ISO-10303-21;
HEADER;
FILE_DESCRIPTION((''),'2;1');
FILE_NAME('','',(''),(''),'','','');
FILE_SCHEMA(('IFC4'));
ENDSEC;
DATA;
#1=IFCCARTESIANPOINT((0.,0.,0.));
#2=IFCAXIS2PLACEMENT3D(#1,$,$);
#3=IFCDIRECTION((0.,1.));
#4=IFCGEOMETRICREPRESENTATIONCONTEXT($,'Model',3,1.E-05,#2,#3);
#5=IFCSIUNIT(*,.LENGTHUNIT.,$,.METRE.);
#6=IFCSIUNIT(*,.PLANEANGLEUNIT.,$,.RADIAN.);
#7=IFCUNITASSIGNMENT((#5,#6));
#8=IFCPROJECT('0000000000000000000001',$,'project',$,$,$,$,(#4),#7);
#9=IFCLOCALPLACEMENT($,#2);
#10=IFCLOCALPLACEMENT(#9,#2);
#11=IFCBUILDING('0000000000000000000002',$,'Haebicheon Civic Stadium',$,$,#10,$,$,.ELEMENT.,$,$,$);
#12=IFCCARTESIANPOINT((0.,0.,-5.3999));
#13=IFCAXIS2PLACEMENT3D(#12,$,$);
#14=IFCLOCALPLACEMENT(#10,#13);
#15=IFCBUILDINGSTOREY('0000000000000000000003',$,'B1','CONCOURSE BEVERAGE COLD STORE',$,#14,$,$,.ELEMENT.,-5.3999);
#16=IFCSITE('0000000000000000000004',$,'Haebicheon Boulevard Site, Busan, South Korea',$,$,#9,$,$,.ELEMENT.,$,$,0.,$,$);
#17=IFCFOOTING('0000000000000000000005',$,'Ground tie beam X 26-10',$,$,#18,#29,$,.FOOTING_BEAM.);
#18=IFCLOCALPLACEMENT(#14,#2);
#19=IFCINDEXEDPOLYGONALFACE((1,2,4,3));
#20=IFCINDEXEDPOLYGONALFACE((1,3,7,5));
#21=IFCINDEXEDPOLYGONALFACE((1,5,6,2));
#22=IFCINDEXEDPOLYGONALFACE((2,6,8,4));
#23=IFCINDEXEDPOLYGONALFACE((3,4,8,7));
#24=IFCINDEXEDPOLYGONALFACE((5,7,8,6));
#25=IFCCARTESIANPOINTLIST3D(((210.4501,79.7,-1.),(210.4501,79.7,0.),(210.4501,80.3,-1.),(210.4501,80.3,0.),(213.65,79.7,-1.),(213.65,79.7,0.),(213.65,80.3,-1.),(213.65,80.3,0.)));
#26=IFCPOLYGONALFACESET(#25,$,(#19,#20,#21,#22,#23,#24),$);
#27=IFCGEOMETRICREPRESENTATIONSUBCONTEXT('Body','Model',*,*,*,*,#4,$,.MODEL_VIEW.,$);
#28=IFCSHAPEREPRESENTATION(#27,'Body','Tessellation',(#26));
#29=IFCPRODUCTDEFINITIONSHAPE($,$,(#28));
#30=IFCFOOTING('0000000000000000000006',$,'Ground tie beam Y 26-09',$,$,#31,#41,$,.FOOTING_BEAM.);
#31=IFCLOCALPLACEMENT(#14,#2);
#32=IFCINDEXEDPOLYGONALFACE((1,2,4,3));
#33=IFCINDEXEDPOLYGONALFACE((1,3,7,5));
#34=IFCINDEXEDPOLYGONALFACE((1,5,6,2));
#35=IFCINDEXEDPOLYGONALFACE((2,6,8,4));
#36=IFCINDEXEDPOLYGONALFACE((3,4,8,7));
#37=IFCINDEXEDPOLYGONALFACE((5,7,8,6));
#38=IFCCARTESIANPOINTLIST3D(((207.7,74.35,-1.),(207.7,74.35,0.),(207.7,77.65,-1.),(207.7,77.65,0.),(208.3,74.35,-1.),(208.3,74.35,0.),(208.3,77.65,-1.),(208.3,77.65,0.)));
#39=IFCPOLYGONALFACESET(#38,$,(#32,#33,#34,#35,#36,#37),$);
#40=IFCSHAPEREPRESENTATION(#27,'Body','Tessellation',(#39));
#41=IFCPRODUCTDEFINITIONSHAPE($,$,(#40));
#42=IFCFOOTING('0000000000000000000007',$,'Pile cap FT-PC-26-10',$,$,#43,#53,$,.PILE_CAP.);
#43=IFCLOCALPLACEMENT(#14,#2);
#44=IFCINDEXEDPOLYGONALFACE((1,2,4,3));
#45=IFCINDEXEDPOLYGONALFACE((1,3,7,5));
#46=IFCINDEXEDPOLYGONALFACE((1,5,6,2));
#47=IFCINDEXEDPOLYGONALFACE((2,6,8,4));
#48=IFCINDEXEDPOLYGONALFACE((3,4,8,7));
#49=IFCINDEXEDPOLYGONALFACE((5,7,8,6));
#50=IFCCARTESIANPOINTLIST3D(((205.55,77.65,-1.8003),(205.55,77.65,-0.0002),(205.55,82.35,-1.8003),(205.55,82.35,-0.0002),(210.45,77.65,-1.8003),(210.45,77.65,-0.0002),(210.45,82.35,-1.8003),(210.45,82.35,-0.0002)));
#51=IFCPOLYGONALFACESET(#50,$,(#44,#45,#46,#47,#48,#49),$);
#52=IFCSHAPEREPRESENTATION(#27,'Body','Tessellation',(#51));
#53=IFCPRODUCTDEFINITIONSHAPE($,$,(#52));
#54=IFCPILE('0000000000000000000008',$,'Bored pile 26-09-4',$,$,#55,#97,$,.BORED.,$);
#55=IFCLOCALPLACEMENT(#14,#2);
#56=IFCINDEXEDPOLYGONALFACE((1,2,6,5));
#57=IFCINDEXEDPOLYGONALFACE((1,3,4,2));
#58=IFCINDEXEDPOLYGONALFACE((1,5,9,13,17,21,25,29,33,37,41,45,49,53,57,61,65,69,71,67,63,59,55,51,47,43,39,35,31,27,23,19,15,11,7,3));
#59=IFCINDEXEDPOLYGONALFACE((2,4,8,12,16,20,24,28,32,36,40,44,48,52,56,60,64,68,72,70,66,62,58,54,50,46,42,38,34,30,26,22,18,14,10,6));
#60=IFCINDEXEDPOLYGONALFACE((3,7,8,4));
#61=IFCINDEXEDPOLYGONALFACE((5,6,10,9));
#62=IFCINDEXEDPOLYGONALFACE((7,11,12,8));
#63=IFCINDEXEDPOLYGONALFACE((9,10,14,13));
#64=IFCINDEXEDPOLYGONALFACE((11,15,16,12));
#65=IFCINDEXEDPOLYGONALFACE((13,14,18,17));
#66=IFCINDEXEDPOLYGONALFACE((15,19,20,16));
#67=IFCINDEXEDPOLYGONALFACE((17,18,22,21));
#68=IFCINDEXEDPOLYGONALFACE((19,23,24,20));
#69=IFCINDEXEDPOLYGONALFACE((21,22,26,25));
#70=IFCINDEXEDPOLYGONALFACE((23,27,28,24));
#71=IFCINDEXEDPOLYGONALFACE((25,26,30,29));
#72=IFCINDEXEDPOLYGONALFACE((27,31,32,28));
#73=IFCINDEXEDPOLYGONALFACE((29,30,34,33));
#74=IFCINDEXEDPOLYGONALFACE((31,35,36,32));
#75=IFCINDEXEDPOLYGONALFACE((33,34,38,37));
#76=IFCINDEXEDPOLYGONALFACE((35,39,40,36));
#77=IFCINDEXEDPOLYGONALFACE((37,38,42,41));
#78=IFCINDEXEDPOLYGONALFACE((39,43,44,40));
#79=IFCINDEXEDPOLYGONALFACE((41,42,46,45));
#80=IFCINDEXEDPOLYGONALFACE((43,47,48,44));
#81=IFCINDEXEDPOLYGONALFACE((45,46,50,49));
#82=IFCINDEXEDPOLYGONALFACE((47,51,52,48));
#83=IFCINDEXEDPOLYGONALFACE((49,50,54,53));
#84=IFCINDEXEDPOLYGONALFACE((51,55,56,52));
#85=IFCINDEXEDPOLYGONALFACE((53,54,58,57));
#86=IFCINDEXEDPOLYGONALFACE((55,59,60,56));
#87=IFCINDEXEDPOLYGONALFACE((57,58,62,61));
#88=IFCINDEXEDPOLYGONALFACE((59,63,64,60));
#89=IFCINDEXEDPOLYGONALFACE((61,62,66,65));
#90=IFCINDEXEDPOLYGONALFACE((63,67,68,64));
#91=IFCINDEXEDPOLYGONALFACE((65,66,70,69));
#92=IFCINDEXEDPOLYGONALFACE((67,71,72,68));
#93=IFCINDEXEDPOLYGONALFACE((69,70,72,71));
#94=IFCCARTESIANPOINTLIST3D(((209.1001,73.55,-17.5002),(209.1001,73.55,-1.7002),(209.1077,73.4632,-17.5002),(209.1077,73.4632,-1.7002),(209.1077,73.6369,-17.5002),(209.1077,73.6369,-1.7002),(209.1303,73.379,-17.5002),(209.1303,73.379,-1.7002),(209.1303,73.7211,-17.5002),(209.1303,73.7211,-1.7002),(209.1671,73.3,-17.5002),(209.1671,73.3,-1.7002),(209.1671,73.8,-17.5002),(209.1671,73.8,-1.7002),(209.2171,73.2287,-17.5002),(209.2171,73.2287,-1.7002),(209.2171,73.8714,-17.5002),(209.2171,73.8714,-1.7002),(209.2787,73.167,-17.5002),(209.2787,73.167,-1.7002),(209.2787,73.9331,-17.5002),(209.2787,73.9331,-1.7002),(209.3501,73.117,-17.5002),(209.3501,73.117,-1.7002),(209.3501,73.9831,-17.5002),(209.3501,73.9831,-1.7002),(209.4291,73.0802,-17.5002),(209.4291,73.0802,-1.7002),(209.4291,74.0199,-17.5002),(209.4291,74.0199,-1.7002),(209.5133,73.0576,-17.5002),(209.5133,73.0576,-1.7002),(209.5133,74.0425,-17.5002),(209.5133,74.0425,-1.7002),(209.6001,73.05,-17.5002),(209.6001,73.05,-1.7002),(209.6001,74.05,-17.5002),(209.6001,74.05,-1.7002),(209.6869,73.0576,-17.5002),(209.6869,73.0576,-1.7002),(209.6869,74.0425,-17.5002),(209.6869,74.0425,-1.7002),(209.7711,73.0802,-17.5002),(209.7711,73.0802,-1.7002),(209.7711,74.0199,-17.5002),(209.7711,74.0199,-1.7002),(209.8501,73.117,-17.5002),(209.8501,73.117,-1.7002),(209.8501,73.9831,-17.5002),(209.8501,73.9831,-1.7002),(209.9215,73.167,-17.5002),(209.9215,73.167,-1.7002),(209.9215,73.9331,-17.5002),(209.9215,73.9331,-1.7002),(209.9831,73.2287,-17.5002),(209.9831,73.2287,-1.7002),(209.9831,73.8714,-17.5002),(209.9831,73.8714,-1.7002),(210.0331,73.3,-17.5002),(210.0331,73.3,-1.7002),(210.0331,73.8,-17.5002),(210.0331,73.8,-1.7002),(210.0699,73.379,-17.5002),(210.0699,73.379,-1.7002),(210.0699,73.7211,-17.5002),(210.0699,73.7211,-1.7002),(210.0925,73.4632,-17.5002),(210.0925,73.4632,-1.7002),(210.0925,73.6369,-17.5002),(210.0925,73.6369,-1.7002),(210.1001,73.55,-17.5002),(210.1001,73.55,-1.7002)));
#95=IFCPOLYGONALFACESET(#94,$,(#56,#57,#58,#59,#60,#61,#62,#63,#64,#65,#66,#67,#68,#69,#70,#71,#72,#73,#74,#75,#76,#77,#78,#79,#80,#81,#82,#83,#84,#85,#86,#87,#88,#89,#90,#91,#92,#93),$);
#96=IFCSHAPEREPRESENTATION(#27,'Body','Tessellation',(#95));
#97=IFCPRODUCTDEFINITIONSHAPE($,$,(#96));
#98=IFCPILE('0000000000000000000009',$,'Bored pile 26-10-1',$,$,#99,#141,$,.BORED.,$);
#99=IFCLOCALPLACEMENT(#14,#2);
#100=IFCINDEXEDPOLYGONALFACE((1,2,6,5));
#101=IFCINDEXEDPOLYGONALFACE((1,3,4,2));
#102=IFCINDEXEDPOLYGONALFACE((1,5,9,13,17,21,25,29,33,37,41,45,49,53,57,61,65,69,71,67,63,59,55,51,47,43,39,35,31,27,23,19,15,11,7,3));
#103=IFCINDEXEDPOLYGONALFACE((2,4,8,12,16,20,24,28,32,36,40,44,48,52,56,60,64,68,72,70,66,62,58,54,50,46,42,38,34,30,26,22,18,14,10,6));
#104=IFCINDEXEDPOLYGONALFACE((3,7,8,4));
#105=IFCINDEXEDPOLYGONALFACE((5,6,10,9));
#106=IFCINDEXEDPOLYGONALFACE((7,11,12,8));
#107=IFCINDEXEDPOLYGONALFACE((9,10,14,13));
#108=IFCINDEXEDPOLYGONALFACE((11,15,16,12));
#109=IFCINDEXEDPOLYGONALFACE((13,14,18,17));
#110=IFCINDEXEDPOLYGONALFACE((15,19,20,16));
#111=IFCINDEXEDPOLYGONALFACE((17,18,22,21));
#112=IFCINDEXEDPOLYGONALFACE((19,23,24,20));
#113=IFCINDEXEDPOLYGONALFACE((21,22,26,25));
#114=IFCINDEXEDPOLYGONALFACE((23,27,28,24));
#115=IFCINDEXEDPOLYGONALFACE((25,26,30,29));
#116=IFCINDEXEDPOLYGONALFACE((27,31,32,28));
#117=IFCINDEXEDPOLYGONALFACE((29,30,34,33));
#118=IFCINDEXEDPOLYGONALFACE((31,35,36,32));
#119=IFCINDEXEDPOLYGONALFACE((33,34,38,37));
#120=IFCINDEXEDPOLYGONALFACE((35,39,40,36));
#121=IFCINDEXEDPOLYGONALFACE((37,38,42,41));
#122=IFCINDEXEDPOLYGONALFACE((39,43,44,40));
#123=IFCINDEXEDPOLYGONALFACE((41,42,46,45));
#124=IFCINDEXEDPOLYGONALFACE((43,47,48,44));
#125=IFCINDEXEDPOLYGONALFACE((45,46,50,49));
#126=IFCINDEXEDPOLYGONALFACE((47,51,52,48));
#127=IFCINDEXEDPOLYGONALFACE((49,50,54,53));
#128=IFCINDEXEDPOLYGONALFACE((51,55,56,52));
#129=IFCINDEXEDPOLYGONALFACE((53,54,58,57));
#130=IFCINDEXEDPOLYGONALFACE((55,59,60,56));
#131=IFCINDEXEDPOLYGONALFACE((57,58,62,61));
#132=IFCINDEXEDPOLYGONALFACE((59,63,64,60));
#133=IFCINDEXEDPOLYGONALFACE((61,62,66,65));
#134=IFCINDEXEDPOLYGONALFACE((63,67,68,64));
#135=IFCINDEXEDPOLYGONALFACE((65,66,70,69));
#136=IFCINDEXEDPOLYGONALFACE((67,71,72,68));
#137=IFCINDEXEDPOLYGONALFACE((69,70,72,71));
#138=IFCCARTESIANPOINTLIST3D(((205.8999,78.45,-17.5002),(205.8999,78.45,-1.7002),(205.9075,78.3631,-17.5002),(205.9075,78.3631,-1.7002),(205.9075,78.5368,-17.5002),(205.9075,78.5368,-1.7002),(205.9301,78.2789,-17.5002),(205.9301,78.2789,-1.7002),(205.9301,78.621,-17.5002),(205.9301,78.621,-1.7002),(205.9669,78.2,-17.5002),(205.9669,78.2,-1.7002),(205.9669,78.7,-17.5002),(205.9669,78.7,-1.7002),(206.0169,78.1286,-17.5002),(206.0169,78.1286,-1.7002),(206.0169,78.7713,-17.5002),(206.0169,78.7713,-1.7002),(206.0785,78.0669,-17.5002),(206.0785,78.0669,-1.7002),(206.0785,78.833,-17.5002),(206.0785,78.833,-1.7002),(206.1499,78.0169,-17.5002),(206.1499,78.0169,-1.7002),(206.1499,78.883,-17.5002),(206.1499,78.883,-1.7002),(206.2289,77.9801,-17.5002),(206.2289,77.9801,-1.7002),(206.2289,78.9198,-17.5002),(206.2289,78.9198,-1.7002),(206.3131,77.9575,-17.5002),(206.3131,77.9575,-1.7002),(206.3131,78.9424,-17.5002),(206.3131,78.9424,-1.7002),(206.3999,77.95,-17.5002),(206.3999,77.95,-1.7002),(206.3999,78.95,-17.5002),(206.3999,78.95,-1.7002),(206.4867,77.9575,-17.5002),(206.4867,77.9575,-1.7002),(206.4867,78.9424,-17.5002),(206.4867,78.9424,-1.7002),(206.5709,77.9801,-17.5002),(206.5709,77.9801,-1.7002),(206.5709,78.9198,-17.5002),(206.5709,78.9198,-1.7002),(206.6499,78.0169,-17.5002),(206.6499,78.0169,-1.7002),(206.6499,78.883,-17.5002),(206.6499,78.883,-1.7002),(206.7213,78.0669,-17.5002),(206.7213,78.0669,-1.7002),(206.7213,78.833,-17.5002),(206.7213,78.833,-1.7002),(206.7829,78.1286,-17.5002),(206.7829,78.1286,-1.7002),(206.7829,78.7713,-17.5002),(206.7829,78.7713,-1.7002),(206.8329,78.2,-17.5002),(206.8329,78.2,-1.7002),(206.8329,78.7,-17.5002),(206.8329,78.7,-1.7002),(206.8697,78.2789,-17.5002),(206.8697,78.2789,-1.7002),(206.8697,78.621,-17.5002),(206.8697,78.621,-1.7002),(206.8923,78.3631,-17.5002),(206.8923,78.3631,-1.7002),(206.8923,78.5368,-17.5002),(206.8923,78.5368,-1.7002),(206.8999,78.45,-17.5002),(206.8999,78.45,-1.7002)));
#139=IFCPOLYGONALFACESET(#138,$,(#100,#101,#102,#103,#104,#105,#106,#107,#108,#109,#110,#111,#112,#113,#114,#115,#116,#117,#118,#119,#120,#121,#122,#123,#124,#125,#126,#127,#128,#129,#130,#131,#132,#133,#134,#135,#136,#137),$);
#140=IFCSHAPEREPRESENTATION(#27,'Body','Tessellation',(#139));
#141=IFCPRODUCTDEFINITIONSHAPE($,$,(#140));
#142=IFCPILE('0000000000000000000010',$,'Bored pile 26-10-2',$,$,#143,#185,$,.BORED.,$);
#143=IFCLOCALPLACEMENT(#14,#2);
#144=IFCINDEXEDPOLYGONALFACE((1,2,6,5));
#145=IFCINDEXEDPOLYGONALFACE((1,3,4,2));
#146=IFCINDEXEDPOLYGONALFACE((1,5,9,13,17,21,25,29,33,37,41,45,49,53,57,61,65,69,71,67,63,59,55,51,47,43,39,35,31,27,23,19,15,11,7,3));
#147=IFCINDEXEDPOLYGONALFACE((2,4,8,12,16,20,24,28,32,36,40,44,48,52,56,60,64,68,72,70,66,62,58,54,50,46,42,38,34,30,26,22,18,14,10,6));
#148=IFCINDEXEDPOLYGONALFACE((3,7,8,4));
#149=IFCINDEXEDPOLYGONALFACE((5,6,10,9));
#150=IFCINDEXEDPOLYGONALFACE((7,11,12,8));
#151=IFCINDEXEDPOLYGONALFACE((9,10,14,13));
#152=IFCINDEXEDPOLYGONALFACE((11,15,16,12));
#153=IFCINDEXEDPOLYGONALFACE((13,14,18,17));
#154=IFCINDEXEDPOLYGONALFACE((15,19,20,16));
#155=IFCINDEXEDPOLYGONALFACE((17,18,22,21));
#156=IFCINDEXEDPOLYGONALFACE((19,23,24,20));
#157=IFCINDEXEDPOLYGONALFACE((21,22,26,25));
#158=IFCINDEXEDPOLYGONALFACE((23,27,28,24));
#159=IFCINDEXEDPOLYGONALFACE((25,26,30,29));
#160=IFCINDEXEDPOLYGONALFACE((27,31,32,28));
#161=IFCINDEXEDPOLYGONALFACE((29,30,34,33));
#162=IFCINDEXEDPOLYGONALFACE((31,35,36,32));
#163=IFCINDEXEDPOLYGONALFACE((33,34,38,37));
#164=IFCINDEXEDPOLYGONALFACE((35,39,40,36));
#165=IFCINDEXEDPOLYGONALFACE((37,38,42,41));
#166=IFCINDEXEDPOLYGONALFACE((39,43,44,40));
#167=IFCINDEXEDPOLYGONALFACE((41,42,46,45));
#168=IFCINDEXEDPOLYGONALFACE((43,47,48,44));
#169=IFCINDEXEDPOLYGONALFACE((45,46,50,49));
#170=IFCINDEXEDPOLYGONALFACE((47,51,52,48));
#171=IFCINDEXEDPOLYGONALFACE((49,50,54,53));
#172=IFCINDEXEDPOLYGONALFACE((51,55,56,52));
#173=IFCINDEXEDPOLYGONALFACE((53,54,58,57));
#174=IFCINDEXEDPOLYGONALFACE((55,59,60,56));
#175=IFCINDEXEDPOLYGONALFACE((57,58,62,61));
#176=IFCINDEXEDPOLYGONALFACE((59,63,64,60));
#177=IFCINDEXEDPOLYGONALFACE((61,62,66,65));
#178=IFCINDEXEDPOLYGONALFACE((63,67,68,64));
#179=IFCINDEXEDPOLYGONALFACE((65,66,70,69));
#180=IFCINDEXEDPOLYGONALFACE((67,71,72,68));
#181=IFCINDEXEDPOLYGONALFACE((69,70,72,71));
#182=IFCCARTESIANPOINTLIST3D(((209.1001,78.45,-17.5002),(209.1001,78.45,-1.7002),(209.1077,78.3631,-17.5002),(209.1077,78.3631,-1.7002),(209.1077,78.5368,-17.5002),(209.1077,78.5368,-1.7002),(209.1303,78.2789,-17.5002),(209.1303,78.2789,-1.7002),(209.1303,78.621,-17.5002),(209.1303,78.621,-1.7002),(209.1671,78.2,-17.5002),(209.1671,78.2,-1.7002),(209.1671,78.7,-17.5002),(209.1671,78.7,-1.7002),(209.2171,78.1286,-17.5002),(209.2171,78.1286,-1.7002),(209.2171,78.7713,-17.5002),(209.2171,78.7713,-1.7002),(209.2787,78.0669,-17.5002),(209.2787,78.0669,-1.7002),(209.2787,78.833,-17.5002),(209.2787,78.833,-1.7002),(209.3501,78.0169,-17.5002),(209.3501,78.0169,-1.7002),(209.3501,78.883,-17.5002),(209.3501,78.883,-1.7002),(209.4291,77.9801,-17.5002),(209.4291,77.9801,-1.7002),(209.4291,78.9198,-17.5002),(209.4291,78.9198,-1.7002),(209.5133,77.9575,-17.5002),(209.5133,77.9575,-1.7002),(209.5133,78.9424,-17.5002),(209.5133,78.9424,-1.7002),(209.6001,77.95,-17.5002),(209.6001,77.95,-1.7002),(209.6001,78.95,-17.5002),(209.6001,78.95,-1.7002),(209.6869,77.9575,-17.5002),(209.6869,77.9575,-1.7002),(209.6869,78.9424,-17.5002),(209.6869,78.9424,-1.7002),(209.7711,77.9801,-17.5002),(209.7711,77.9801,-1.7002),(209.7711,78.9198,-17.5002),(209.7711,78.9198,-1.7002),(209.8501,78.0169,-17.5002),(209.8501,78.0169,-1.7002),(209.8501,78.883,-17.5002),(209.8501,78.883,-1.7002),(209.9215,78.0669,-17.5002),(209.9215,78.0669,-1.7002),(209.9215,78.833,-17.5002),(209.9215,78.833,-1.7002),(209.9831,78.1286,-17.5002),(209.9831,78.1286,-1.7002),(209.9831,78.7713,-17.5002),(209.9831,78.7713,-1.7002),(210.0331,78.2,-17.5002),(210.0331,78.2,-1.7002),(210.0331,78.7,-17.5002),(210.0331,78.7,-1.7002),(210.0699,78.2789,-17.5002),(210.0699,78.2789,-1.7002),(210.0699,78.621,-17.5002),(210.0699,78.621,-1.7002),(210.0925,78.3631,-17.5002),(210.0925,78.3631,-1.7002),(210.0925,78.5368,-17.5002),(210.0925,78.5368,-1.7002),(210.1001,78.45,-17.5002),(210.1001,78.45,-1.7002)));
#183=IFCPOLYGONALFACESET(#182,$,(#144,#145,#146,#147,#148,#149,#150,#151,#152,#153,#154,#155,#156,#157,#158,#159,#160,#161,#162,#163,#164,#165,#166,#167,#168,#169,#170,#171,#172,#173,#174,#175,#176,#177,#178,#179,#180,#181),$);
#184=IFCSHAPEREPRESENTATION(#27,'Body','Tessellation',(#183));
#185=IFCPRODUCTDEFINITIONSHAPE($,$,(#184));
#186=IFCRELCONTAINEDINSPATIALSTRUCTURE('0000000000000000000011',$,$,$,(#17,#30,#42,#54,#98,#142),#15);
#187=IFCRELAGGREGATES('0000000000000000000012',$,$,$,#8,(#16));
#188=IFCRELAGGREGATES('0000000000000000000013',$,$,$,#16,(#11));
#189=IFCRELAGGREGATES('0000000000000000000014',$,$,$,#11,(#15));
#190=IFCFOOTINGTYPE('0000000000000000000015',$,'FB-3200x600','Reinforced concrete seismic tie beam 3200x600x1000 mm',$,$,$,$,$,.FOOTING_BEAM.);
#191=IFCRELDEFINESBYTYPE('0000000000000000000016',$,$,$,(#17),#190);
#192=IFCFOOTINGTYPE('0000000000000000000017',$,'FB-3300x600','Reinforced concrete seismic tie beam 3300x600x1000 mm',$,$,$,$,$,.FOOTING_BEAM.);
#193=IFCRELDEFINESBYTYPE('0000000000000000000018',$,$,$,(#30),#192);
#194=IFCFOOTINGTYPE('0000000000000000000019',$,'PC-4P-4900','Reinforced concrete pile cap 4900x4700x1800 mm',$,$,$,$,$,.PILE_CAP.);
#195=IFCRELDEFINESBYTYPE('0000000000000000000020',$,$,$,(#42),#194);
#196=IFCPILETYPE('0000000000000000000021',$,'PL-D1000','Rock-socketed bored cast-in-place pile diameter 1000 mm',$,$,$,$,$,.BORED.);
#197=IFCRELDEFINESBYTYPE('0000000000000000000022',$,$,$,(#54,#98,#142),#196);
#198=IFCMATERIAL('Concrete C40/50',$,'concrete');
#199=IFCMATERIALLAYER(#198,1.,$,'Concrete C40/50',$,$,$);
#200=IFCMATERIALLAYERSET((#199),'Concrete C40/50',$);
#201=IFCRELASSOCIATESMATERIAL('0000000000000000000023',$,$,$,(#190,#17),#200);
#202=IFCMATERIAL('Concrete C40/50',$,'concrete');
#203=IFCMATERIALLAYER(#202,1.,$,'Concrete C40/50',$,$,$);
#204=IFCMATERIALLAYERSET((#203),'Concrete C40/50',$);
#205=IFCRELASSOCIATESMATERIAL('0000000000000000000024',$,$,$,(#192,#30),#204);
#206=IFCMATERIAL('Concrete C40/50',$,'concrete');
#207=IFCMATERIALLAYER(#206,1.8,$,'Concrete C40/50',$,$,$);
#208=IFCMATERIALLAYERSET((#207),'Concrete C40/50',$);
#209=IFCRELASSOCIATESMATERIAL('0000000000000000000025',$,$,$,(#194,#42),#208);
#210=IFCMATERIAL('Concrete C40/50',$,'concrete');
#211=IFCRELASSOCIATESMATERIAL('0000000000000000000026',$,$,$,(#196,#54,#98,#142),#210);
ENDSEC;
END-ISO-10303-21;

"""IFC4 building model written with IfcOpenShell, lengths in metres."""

from ifc_helpers import new_model, si_unit, direction, frame, origin, origin_2d, place, context, subcontext, project, spatial, rectangle, circle, extrude, material, layer, layer_set, material_profile, profile_set, type_object, element, save


model = new_model("IFC4")

# Units and contexts
model_context = context("Model", 3, precision=1e-05, world=origin(), true_north=direction((0.0, 1.0)))
body_context = subcontext(model_context, "Body", "Model", "MODEL_VIEW")
ifc_project = project(units=[si_unit("LENGTHUNIT", "METRE"), si_unit("PLANEANGLEUNIT", "RADIAN")], contexts=[model_context])

# Site, building, storey
site_placement = place(None, origin())
site = spatial("IfcSite", under=ifc_project, at=site_placement, Name="Haebicheon Boulevard Site, Busan, South Korea", CompositionType="ELEMENT", RefElevation=0.0)
building_placement = place(site_placement, origin())
building = spatial("IfcBuilding", under=site, at=building_placement, Name="Haebicheon Civic Stadium", CompositionType="ELEMENT")
storey_placement = place(building_placement, frame((0.0, 0.0, -5.3999)))
storey = spatial("IfcBuildingStorey", under=building, at=storey_placement, Name="B1", Description="CONCOURSE BEVERAGE COLD STORE", CompositionType="ELEMENT", Elevation=-5.3999)

# Footings
ifc_material_1 = material(Name="Concrete C40/50", Category="concrete")
ifc_layer_1 = layer(ifc_material_1, 1.0, Name="Concrete C40/50")
ifc_layer_set_1 = layer_set([ifc_layer_1], Name="Concrete C40/50")
footing_type_1 = type_object("IfcFootingType", Name="FB-3200x600", Description="Reinforced concrete seismic tie beam 3200x600x1000 mm", PredefinedType="FOOTING_BEAM", material=ifc_layer_set_1)
footing_1_placement = place(storey_placement, frame((212.05, 80.0, -1.0), z_axis=(0.0, 0.0, 1.0), x_axis=(1.0, 0.0, 0.0)))
element("IfcFooting", 1, at=footing_1_placement, inside=storey, type_object=footing_type_1, material=ifc_layer_set_1, Name="Ground tie beam X 26-10", PredefinedType="FOOTING_BEAM", context=body_context, shape_type="SweptSolid", body=[
    extrude(rectangle(XDim=3.2, YDim=0.6001, at=origin_2d()), origin(), (0.0, 0.0, 1.0), 1.0),
])
ifc_material_2 = material(Name="Concrete C40/50", Category="concrete")
ifc_layer_2 = layer(ifc_material_2, 1.0, Name="Concrete C40/50")
ifc_layer_set_2 = layer_set([ifc_layer_2], Name="Concrete C40/50")
footing_type_2 = type_object("IfcFootingType", Name="FB-3300x600", Description="Reinforced concrete seismic tie beam 3300x600x1000 mm", PredefinedType="FOOTING_BEAM", material=ifc_layer_set_2)
footing_2_placement = place(storey_placement, frame((208.0, 76.0, -1.0), z_axis=(0.0, 0.0, 1.0), x_axis=(0.0, 1.0, 0.0)))
element("IfcFooting", 2, at=footing_2_placement, inside=storey, type_object=footing_type_2, material=ifc_layer_set_2, Name="Ground tie beam Y 26-09", PredefinedType="FOOTING_BEAM", context=body_context, shape_type="SweptSolid", body=[
    extrude(rectangle(XDim=3.3, YDim=0.6001, at=origin_2d()), origin(), (0.0, 0.0, 1.0), 1.0),
])
ifc_material_3 = material(Name="Concrete C40/50", Category="concrete")
ifc_layer_3 = layer(ifc_material_3, 1.8, Name="Concrete C40/50")
ifc_layer_set_3 = layer_set([ifc_layer_3], Name="Concrete C40/50")
footing_type_3 = type_object("IfcFootingType", Name="PC-4P-4900", Description="Reinforced concrete pile cap 4900x4700x1800 mm", PredefinedType="PILE_CAP", material=ifc_layer_set_3)
footing_3_placement = place(storey_placement, frame((208.0, 80.0, -1.8003), z_axis=(0.0, 0.0, 1.0), x_axis=(1.0, 0.0, 0.0)))
element("IfcFooting", 3, at=footing_3_placement, inside=storey, type_object=footing_type_3, material=ifc_layer_set_3, Name="Pile cap FT-PC-26-10", PredefinedType="PILE_CAP", context=body_context, shape_type="SweptSolid", body=[
    extrude(rectangle(XDim=4.8999, YDim=4.7, at=origin_2d()), origin(), (0.0, 0.0, 1.0), 1.8),
])

# Piles
ifc_material_4 = material(Name="Concrete C40/50", Category="concrete")
ifc_material_profile_1 = material_profile(ifc_material_4, circle(Radius=0.5, at=origin_2d()), Name="PILE-D1000")
ifc_profile_set_1 = profile_set([ifc_material_profile_1], Name="Concrete C40/50")
pile_type = type_object("IfcPileType", Name="PL-D1000", Description="Rock-socketed bored cast-in-place pile diameter 1000 mm", PredefinedType="BORED", material=ifc_profile_set_1)
for number, where, z_axis, x_axis, name in (
    (4, (209.6001, 73.55, -1.7002), (0.0, 0.0, -1.0), (1.0, 0.0, 0.0), "Bored pile 26-09-4"),
    (5, (206.3999, 78.45, -1.7002), (0.0, 0.0, -1.0), (1.0, 0.0, 0.0), "Bored pile 26-10-1"),
    (6, (209.6001, 78.45, -1.7002), (0.0, 0.0, -1.0), (1.0, 0.0, 0.0), "Bored pile 26-10-2"),
):
    element("IfcPile", number, at=place(storey_placement, frame(where, z_axis=z_axis, x_axis=x_axis)), inside=storey, type_object=pile_type, material=ifc_profile_set_1, Name=name, PredefinedType="BORED", context=body_context, shape_type="SweptSolid", body=[
        extrude(circle(Radius=0.5, at=origin_2d()), origin(), (0.0, 0.0, 1.0), 15.8),
    ])

save(model, "model.ifc")
